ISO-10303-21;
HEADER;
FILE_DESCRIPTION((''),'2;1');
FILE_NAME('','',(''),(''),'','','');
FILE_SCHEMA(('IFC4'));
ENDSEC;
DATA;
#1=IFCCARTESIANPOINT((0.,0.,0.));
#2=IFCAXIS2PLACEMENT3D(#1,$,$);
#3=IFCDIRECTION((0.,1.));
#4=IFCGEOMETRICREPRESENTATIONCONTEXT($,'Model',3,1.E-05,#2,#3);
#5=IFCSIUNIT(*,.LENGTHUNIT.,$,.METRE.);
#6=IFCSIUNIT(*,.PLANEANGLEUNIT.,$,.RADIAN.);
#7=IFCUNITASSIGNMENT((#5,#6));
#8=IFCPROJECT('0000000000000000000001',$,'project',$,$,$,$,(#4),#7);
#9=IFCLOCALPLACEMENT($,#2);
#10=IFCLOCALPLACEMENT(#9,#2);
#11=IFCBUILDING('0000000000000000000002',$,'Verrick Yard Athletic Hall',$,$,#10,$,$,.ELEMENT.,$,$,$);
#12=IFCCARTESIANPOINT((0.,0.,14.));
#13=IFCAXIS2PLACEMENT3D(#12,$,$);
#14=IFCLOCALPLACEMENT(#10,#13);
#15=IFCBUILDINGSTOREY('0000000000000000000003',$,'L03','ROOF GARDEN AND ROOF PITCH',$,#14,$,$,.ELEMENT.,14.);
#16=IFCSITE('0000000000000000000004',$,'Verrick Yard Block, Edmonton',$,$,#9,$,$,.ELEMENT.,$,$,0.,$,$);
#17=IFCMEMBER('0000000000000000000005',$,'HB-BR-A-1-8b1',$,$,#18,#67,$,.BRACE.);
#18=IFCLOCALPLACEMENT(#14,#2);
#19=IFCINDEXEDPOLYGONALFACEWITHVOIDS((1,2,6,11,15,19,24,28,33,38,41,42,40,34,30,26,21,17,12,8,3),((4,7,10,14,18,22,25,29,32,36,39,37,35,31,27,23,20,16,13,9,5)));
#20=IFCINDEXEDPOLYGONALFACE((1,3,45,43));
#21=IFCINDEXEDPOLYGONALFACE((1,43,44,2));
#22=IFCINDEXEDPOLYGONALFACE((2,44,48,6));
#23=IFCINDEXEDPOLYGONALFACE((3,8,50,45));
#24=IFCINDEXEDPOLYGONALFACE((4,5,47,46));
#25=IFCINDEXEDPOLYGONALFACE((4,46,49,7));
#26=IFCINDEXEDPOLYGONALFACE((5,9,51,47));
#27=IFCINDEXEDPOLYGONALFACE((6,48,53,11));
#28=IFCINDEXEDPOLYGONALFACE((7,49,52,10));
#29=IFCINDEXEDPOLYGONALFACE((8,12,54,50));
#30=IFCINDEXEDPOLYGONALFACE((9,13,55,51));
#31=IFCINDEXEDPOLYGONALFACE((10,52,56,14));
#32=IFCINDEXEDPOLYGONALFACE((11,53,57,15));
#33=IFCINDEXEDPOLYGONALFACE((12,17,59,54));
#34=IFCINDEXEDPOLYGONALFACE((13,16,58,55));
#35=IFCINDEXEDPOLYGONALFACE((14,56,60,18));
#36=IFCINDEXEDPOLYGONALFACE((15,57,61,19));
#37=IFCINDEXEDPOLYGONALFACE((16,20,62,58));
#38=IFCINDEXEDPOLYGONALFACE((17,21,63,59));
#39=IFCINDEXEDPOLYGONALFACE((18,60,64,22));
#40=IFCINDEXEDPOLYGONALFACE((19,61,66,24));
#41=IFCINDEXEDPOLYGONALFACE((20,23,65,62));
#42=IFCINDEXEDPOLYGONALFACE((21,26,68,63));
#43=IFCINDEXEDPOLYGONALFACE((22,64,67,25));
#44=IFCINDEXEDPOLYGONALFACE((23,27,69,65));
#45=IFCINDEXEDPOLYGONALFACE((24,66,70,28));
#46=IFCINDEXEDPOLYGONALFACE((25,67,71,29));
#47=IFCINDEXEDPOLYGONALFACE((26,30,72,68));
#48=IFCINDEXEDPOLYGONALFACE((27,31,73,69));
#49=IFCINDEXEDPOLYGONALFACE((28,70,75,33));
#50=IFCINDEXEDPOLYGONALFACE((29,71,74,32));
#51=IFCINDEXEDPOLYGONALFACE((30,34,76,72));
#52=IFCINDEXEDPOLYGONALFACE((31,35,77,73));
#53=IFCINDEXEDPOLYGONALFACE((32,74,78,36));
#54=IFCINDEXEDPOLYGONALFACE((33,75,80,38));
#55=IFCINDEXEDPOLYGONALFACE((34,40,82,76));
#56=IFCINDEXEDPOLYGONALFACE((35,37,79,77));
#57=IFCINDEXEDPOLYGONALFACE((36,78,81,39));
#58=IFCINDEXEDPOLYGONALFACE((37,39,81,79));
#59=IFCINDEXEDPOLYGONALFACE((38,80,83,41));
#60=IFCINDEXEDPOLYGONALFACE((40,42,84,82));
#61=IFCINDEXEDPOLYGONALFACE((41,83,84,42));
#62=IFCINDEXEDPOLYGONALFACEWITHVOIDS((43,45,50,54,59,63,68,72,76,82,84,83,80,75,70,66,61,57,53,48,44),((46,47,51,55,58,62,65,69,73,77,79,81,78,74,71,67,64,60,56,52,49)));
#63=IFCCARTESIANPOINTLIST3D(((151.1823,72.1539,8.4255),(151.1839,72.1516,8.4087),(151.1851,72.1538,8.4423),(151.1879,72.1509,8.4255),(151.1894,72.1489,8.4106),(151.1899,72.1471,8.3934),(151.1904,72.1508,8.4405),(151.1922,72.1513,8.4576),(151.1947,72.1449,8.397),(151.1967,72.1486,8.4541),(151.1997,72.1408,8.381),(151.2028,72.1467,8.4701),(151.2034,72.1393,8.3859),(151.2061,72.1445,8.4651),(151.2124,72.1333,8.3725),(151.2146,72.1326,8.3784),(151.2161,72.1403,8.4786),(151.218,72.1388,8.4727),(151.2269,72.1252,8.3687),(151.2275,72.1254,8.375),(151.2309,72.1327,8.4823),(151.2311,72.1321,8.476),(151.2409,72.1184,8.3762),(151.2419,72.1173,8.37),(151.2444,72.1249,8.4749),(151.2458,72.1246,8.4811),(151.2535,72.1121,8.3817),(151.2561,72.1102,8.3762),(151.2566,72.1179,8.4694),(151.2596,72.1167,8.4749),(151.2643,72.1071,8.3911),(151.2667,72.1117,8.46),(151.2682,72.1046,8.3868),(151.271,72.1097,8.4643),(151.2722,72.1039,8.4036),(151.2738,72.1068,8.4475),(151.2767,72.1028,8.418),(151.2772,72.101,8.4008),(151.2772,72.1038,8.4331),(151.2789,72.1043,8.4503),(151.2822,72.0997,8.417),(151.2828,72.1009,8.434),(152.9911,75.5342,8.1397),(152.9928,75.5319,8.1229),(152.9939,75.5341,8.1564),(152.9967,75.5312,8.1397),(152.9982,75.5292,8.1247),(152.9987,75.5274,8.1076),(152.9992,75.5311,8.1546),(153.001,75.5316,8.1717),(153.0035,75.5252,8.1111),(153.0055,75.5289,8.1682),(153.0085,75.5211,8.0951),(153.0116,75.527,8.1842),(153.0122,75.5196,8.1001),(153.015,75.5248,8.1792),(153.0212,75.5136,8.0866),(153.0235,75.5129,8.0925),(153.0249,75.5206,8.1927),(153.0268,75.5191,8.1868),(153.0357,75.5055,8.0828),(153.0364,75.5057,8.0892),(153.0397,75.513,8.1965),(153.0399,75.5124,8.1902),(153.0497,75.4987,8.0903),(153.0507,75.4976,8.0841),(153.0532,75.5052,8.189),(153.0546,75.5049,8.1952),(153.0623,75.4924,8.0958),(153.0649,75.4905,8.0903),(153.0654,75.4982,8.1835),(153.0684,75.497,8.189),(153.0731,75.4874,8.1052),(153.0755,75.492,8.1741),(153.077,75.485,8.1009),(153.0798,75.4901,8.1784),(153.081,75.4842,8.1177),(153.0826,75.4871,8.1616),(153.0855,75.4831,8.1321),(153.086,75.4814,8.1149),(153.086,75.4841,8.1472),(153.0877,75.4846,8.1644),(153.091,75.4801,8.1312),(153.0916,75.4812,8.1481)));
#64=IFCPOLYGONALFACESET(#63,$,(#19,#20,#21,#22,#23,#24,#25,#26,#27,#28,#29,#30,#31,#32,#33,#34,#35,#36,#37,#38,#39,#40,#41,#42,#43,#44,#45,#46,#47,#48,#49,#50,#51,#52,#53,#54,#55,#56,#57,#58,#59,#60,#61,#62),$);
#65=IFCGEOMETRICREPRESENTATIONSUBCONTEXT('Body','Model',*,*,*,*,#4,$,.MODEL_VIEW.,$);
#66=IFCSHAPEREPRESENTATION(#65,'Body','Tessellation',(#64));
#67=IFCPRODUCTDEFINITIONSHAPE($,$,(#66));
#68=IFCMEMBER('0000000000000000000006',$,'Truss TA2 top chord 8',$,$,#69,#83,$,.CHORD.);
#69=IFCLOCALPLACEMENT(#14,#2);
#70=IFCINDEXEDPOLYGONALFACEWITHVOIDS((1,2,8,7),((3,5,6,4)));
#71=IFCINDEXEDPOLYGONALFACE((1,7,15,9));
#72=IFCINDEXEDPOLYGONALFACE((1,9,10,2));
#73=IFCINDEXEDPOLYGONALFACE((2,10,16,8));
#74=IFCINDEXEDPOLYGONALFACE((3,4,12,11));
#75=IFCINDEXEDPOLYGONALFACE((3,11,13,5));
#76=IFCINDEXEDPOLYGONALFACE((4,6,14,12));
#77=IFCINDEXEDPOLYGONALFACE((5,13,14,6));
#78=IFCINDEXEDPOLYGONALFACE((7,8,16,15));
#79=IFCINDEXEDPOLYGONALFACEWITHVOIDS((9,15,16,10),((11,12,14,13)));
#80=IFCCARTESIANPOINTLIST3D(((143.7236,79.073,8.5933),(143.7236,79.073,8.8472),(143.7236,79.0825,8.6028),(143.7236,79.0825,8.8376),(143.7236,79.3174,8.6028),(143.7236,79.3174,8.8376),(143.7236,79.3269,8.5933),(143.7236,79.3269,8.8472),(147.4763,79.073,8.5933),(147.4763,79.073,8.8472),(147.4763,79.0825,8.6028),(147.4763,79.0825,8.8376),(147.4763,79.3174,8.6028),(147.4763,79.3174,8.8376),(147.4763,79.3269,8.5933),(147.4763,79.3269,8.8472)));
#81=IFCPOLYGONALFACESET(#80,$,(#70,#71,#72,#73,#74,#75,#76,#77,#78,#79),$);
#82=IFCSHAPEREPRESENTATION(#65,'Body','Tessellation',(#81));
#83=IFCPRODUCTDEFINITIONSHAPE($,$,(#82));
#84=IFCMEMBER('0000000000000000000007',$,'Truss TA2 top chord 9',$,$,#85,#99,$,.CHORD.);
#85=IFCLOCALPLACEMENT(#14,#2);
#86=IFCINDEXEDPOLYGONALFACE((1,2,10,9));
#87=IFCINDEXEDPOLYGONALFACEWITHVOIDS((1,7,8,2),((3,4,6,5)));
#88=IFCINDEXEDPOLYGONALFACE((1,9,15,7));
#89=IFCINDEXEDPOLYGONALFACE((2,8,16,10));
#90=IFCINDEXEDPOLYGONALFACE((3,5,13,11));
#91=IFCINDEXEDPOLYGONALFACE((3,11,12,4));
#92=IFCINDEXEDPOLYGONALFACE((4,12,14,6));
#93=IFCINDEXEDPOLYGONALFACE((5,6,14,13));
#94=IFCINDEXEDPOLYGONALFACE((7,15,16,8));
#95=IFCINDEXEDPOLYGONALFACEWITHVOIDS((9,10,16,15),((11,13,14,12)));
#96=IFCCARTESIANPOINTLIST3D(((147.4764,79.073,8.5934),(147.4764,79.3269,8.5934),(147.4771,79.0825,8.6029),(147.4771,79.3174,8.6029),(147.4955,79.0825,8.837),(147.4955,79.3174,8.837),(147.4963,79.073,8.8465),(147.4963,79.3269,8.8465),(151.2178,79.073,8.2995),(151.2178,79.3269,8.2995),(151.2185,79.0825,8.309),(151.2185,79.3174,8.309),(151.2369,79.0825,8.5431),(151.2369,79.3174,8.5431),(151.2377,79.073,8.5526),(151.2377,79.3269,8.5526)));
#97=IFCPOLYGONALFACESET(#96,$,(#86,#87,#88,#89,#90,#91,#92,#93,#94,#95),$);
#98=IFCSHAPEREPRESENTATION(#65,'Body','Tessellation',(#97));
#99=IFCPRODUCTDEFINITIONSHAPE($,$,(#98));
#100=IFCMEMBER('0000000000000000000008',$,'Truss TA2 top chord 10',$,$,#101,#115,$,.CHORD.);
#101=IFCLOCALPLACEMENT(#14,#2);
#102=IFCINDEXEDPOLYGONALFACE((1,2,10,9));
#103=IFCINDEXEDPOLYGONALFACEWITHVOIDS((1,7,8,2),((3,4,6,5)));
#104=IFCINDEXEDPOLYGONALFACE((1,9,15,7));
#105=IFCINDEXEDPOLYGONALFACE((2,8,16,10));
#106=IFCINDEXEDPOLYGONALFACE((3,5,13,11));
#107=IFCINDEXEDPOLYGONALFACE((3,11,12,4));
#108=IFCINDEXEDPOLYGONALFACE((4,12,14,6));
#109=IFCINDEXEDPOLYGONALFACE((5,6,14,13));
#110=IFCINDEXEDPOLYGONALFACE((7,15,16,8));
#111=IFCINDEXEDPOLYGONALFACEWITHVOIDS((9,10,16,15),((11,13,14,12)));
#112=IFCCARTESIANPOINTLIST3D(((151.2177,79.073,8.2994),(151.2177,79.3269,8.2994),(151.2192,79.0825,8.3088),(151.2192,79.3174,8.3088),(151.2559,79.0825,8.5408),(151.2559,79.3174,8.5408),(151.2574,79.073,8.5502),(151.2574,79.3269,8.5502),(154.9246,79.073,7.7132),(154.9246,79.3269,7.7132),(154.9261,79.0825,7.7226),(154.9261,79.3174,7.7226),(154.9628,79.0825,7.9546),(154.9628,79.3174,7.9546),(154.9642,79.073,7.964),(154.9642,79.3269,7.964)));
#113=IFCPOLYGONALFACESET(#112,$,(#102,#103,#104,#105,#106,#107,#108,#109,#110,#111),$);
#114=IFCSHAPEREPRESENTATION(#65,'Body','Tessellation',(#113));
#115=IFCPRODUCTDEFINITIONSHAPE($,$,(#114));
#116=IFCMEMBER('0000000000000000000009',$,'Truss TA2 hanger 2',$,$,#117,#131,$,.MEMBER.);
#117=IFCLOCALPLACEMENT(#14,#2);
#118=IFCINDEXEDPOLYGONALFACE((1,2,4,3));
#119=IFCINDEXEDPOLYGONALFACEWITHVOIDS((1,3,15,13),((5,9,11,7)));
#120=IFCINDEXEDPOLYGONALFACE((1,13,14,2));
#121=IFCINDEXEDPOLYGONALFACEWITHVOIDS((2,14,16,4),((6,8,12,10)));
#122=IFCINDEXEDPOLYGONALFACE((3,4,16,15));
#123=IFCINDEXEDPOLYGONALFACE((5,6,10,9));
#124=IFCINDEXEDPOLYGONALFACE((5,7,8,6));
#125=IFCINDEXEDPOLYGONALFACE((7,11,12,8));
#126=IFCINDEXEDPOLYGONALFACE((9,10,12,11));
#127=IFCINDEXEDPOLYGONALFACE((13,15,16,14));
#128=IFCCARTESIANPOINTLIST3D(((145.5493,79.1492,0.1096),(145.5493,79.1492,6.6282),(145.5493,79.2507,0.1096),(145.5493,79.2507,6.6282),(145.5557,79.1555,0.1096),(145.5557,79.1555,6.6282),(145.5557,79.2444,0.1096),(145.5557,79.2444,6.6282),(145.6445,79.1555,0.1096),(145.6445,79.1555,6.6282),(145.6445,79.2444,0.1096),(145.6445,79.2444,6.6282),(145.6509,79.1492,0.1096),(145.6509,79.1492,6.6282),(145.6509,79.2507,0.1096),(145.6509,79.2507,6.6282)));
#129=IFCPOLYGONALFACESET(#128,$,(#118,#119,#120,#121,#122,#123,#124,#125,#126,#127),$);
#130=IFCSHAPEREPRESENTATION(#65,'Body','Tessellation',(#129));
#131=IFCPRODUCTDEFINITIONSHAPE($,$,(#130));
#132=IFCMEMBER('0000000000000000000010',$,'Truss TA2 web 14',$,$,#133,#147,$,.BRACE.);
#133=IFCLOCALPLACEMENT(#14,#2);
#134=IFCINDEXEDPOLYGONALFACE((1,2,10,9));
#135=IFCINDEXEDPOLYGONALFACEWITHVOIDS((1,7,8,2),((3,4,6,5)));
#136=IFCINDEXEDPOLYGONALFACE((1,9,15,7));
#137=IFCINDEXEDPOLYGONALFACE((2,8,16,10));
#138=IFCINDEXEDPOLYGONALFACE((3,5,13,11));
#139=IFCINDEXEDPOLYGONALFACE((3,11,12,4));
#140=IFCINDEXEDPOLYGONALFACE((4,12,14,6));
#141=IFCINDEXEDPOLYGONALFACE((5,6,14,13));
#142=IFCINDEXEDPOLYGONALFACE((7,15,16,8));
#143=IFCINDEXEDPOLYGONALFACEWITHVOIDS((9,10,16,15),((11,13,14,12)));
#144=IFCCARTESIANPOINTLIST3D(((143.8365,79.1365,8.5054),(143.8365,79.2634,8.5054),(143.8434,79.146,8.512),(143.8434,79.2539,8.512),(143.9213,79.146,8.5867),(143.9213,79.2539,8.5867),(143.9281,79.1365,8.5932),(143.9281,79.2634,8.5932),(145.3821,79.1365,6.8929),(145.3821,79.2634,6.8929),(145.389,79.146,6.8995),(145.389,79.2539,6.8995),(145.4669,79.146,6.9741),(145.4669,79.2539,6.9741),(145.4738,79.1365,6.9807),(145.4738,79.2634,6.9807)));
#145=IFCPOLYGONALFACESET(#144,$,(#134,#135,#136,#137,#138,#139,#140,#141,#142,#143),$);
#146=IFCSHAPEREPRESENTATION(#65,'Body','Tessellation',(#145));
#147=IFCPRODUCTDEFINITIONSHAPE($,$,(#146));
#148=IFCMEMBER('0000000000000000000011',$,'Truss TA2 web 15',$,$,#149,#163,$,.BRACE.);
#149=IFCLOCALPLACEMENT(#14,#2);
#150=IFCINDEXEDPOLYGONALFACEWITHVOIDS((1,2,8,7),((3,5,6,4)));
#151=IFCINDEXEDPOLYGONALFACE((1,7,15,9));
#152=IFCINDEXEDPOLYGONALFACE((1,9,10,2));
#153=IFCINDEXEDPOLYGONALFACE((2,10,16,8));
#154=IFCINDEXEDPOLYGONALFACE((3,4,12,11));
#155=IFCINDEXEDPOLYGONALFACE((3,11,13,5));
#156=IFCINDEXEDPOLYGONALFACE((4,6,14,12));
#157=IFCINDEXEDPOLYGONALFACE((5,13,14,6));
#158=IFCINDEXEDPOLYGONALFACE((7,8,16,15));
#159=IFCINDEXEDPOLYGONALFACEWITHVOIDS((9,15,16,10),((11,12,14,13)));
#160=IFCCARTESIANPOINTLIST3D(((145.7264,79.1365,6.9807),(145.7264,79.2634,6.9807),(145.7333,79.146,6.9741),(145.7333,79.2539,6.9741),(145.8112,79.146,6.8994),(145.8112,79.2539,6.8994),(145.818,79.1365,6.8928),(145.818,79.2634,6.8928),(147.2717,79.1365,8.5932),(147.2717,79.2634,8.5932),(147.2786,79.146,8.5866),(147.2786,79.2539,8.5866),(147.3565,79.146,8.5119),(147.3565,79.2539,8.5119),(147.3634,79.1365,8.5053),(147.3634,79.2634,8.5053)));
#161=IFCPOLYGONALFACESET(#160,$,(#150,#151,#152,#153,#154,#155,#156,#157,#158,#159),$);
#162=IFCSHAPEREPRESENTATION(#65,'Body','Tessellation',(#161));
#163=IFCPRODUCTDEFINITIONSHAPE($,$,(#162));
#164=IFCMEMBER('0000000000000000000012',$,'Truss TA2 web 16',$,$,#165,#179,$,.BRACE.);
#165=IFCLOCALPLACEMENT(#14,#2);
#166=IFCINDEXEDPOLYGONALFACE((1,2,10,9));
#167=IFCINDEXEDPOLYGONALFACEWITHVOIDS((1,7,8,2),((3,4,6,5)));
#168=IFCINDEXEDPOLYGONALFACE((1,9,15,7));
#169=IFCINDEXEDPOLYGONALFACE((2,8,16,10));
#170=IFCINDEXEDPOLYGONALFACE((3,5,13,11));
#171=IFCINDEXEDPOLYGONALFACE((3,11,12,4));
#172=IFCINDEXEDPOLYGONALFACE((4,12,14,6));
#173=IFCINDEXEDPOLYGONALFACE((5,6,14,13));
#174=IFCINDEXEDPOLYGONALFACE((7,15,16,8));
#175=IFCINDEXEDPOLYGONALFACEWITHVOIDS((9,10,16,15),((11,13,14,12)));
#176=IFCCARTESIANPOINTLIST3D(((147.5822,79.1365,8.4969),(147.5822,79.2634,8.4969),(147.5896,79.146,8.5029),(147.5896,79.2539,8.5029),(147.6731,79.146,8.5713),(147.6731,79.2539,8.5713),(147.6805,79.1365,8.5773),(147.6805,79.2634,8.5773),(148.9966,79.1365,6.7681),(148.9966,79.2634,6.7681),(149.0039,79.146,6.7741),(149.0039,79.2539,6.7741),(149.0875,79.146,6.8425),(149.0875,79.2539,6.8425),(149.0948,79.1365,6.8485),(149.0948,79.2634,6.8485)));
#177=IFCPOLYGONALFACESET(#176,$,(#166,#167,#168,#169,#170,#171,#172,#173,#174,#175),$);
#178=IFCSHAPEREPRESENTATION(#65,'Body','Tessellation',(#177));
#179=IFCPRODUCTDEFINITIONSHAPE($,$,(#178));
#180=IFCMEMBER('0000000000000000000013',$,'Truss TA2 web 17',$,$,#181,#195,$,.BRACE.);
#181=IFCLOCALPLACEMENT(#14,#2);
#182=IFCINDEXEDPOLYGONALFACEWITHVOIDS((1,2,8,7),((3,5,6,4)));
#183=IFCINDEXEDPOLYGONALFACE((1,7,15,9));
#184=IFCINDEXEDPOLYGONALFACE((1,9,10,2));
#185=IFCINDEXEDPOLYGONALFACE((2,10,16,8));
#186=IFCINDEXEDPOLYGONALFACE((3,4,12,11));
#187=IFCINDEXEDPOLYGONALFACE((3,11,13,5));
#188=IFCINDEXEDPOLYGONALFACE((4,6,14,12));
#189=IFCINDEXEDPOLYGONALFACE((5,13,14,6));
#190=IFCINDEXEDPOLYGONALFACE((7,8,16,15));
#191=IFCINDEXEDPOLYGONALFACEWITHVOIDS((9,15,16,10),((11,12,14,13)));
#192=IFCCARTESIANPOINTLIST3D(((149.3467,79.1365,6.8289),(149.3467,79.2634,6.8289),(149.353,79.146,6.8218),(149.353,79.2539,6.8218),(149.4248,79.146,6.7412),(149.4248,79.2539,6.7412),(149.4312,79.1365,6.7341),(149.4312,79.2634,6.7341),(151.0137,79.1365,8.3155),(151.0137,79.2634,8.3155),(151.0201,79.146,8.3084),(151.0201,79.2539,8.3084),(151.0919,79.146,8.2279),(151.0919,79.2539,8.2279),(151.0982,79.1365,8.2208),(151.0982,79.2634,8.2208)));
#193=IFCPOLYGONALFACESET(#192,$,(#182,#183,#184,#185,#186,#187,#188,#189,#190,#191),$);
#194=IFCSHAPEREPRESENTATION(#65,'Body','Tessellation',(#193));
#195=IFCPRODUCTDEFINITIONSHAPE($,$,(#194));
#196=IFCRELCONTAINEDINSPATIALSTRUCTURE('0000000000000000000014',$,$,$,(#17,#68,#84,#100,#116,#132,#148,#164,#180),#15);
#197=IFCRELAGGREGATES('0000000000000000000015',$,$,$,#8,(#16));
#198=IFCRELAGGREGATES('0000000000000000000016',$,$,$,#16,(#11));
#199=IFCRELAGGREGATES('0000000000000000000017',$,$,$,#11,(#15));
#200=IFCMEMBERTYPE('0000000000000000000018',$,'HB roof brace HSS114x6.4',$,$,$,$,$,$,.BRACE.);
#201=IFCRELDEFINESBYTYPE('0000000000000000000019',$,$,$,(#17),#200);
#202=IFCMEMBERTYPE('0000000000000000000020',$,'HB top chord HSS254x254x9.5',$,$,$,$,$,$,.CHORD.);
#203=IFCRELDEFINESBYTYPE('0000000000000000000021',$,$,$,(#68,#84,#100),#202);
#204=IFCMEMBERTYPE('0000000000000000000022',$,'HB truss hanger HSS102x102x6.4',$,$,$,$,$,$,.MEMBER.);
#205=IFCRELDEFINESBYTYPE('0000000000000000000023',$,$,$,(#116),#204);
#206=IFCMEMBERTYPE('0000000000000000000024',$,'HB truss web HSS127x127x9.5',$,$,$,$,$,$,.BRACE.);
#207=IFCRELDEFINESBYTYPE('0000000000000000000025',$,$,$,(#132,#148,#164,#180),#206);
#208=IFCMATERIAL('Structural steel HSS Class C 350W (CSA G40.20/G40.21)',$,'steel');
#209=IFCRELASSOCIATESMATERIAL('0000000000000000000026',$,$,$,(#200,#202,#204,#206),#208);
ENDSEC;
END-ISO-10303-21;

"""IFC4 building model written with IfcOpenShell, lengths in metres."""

from ifc_helpers import new_model, si_unit, direction, frame, origin, origin_2d, place, context, subcontext, project, spatial, hollow_rectangle, hollow_circle, extrude, material, material_profile, profile_set, type_object, element, save


model = new_model("IFC4")

# Units and contexts
model_context = context("Model", 3, precision=1e-05, world=origin(), true_north=direction((0.0, 1.0)))
body_context = subcontext(model_context, "Body", "Model", "MODEL_VIEW")
ifc_project = project(units=[si_unit("LENGTHUNIT", "METRE"), si_unit("PLANEANGLEUNIT", "RADIAN")], contexts=[model_context])

# Site, building, storey
site_placement = place(None, origin())
site = spatial("IfcSite", under=ifc_project, at=site_placement, Name="Verrick Yard Block, Edmonton", CompositionType="ELEMENT", RefElevation=0.0)
building_placement = place(site_placement, origin())
building = spatial("IfcBuilding", under=site, at=building_placement, Name="Verrick Yard Athletic Hall", CompositionType="ELEMENT")
storey_placement = place(building_placement, frame((0.0, 0.0, 14.0)))
storey = spatial("IfcBuildingStorey", under=building, at=storey_placement, Name="L03", Description="ROOF GARDEN AND ROOF PITCH", CompositionType="ELEMENT", Elevation=14.0)

# Members
ifc_material_1 = material(Name="Structural steel HSS Class C 350W (CSA G40.20/G40.21)", Category="steel")
ifc_material_profile_1 = material_profile(ifc_material_1, hollow_circle(Radius=0.0571, WallThickness=0.0063, at=origin_2d()), Name="HSS114x6.4")
ifc_profile_set_1 = profile_set([ifc_material_profile_1], Name="Structural steel HSS Class C 350W (CSA G40.20/G40.21)")
member_type_1 = type_object("IfcMemberType", Name="HB roof brace HSS114x6.4", PredefinedType="BRACE", material=ifc_profile_set_1)
member_1_placement = place(storey_placement, frame((151.2327, 72.127, 8.4255), z_axis=(0.470495, 0.879264, -0.074362), x_axis=(-0.881705, 0.471801, 0.0)))
element("IfcMember", 1, at=member_1_placement, inside=storey, type_object=member_type_1, Name="HB-BR-A-1-8b1", PredefinedType="BRACE", context=body_context, shape_type="SweptSolid", body=[
    extrude(hollow_circle(Radius=0.0571, WallThickness=0.0063, at=origin_2d()), origin(), (0.0, 0.0, 1.0), 3.8445),
])
ifc_material_profile_2 = material_profile(ifc_material_1, hollow_rectangle(XDim=0.2539, YDim=0.2539, WallThickness=0.0095, at=origin_2d()), Name="HSS254x254x9.5")
ifc_profile_set_2 = profile_set([ifc_material_profile_2], Name="Structural steel HSS Class C 350W (CSA G40.20/G40.21)")
member_type_2 = type_object("IfcMemberType", Name="HB top chord HSS254x254x9.5", PredefinedType="CHORD", material=ifc_profile_set_2)
member_2_placement = place(storey_placement, frame((143.7236, 79.2, 8.7202), z_axis=(1.0, 0.0, 0.0), x_axis=(0.0, 1.0, 0.0)))
element("IfcMember", 2, at=member_2_placement, inside=storey, type_object=member_type_2, Name="Truss TA2 top chord 8", PredefinedType="CHORD", context=body_context, shape_type="SweptSolid", body=[
    extrude(hollow_rectangle(XDim=0.2539, YDim=0.2539, WallThickness=0.0095, at=origin_2d()), origin(), (0.0, 0.0, 1.0), 3.7527),
])
for number, where, z_axis, x_axis, name in (
    (3, (147.4863, 79.2, 8.72), (0.996928, 0.0, -0.078323), (0.0, 1.0, 0.0), "Truss TA2 top chord 9"),
    (4, (151.2375, 79.2, 8.4248), (0.987726, 0.0, -0.156196), (0.0, 1.0, 0.0), "Truss TA2 top chord 10"),
):
    element("IfcMember", number, at=place(storey_placement, frame(where, z_axis=z_axis, x_axis=x_axis)), inside=storey, type_object=member_type_2, Name=name, PredefinedType="CHORD", context=body_context, shape_type="SweptSolid", body=[
        extrude(hollow_rectangle(XDim=0.2539, YDim=0.2539, WallThickness=0.0095, at=origin_2d()), origin(), (0.0, 0.0, 1.0), 3.7529),
    ])
ifc_material_profile_3 = material_profile(ifc_material_1, hollow_rectangle(XDim=0.1016, YDim=0.1016, WallThickness=0.0063, at=origin_2d()), Name="HSS102x102x6.4")
ifc_profile_set_3 = profile_set([ifc_material_profile_3], Name="Structural steel HSS Class C 350W (CSA G40.20/G40.21)")
member_type_3 = type_object("IfcMemberType", Name="HB truss hanger HSS102x102x6.4", PredefinedType="MEMBER", material=ifc_profile_set_3)
member_3_placement = place(storey_placement, frame((145.6001, 79.2, 6.6282), z_axis=(0.0, 0.0, -1.0), x_axis=(0.0, -1.0, 0.0)))
element("IfcMember", 5, at=member_3_placement, inside=storey, type_object=member_type_3, Name="Truss TA2 hanger 2", PredefinedType="MEMBER", context=body_context, shape_type="SweptSolid", body=[
    extrude(hollow_rectangle(XDim=0.1016, YDim=0.1016, WallThickness=0.0063, at=origin_2d()), origin(), (0.0, 0.0, 1.0), 6.5186),
])
ifc_material_profile_4 = material_profile(ifc_material_1, hollow_rectangle(XDim=0.127, YDim=0.127, WallThickness=0.0095, at=origin_2d()), Name="HSS127x127x9.5")
ifc_profile_set_4 = profile_set([ifc_material_profile_4], Name="Structural steel HSS Class C 350W (CSA G40.20/G40.21)")
member_type_4 = type_object("IfcMemberType", Name="HB truss web HSS127x127x9.5", PredefinedType="BRACE", material=ifc_profile_set_4)
member_4_placement = place(storey_placement, frame((143.8823, 79.2, 8.5493), z_axis=(0.691974, 0.0, -0.721922), x_axis=(0.0, 1.0, 0.0)))
element("IfcMember", 6, at=member_4_placement, inside=storey, type_object=member_type_4, Name="Truss TA2 web 14", PredefinedType="BRACE", context=body_context, shape_type="SweptSolid", body=[
    extrude(hollow_rectangle(XDim=0.127, YDim=0.127, WallThickness=0.0095, at=origin_2d()), origin(), (0.0, 0.0, 1.0), 2.2336),
])
member_5_placement = place(storey_placement, frame((145.7722, 79.2, 6.9368), z_axis=(0.691917, 0.0, 0.721977), x_axis=(0.0, 1.0, 0.0)))
element("IfcMember", 7, at=member_5_placement, inside=storey, type_object=member_type_4, Name="Truss TA2 web 15", PredefinedType="BRACE", context=body_context, shape_type="SweptSolid", body=[
    extrude(hollow_rectangle(XDim=0.127, YDim=0.127, WallThickness=0.0095, at=origin_2d()), origin(), (0.0, 0.0, 1.0), 2.2334),
])
for number, where, z_axis, x_axis, name in (
    (8, (147.6313, 79.2, 8.5371), (0.633202, 0.0, -0.773987), (0.0, 1.0, 0.0), "Truss TA2 web 16"),
    (9, (149.3889, 79.2, 6.7815), (0.746341, 0.0, 0.665564), (0.0, 1.0, 0.0), "Truss TA2 web 17"),
):
    element("IfcMember", number, at=place(storey_placement, frame(where, z_axis=z_axis, x_axis=x_axis)), inside=storey, type_object=member_type_4, Name=name, PredefinedType="BRACE", context=body_context, shape_type="SweptSolid", body=[
        extrude(hollow_rectangle(XDim=0.127, YDim=0.127, WallThickness=0.0095, at=origin_2d()), origin(), (0.0, 0.0, 1.0), 2.2336),
    ])

save(model, "model.ifc")
